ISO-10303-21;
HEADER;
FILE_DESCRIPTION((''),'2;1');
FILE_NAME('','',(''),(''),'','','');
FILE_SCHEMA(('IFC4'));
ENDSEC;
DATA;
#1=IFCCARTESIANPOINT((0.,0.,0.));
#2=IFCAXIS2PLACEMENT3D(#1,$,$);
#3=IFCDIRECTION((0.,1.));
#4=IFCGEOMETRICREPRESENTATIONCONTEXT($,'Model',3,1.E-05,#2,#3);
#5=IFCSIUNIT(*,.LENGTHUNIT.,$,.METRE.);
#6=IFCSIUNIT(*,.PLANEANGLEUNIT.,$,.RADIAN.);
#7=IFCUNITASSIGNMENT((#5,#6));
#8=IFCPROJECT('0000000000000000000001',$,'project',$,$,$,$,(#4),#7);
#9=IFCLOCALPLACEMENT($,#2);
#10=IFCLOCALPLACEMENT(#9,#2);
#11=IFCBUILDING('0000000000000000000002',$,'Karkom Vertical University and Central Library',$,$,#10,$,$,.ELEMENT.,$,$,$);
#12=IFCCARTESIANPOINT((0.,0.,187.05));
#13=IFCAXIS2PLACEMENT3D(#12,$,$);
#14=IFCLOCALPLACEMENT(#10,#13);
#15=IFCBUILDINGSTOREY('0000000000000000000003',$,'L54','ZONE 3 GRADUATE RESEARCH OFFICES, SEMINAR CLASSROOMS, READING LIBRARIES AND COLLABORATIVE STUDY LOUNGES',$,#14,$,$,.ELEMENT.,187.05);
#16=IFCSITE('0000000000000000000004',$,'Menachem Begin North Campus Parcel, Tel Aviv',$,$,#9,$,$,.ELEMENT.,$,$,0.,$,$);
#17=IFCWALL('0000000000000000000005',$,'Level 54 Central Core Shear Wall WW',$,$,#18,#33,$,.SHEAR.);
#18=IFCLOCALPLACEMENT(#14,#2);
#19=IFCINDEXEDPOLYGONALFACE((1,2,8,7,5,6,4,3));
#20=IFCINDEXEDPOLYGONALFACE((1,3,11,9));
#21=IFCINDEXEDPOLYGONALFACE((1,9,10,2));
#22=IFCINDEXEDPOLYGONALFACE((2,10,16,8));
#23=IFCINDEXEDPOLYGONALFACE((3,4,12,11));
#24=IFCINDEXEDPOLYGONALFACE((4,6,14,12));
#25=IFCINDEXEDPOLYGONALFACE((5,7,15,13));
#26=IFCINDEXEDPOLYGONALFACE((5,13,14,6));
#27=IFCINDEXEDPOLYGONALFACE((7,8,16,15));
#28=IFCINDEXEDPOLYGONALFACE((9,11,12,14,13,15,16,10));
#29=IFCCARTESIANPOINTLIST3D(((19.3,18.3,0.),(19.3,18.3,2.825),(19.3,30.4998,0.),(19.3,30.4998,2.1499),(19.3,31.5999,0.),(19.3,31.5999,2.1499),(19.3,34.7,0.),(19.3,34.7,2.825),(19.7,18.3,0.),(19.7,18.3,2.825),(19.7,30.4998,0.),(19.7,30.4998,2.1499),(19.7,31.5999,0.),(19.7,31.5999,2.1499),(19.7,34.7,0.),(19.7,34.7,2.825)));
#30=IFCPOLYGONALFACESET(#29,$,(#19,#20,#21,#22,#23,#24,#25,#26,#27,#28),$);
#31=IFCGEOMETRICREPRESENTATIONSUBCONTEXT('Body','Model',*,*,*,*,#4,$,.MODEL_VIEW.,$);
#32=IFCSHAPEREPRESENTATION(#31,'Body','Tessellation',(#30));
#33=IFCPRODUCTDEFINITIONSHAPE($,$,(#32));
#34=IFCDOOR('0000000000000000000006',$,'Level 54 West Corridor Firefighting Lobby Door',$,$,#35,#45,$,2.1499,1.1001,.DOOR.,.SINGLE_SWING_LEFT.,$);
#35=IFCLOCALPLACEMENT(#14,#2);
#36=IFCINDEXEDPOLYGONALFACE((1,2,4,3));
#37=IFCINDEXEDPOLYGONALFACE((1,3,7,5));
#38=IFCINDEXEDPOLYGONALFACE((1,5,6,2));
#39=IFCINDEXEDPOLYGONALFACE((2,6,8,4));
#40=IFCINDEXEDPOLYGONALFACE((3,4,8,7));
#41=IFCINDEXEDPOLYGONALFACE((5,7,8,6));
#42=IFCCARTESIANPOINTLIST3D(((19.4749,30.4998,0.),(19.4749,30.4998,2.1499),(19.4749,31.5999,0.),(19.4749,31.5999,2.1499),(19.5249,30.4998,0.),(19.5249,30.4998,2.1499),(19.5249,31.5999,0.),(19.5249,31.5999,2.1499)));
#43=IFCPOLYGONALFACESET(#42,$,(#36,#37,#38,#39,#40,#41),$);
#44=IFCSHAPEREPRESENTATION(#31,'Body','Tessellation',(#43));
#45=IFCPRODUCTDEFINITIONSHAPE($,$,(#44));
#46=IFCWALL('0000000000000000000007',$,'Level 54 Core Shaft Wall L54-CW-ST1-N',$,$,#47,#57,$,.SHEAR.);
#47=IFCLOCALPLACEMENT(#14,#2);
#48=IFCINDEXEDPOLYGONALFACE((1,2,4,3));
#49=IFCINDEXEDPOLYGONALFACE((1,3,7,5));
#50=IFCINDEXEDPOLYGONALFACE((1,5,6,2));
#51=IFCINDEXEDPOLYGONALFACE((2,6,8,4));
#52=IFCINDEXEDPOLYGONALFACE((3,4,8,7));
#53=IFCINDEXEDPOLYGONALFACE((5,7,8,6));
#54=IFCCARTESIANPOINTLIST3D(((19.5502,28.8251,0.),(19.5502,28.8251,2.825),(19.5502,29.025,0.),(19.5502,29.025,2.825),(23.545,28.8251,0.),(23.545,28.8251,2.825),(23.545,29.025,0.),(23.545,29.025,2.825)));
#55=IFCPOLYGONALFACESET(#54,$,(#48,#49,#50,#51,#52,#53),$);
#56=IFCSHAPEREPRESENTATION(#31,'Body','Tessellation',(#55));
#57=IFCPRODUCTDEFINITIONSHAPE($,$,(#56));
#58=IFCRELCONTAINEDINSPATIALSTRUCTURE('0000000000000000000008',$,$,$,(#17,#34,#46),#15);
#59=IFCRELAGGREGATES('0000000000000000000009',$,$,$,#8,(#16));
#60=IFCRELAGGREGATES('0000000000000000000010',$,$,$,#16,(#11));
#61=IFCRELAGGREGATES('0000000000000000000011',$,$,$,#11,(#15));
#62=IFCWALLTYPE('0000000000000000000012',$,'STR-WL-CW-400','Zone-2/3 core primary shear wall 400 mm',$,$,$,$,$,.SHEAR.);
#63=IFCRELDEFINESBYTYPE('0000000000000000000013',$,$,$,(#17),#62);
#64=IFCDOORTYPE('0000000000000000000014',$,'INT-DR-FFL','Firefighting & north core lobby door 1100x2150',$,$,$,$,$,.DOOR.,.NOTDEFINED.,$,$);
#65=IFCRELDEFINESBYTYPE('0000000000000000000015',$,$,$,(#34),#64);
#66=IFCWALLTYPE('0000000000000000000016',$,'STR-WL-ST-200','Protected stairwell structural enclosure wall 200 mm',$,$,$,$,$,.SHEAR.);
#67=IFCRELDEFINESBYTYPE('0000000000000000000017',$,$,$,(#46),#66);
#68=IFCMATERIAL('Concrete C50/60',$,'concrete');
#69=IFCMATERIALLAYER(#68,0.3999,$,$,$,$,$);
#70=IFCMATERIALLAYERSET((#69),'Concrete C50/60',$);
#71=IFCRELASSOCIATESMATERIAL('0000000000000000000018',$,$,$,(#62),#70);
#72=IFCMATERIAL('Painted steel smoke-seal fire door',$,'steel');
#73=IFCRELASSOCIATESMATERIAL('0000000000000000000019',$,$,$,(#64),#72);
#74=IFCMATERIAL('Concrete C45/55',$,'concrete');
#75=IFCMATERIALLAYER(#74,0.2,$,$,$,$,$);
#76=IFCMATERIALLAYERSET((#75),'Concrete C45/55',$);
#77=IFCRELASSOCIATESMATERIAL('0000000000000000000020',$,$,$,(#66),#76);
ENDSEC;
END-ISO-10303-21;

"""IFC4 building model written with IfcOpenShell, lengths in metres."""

from ifc_helpers import new_model, si_unit, direction, frame, frame_2d, origin, origin_with_axes, place, context, subcontext, project, spatial, rectangle, extrude, source, transform, mapped, material, layer, layer_set, type_object, element, fill, save


model = new_model("IFC4")

# Units and contexts
model_context = context("Model", 3, precision=1e-05, world=origin(), true_north=direction((0.0, 1.0)))
body_context = subcontext(model_context, "Body", "Model", "MODEL_VIEW")
ifc_project = project(units=[si_unit("LENGTHUNIT", "METRE"), si_unit("PLANEANGLEUNIT", "RADIAN")], contexts=[model_context])

# Site, building, storey
site_placement = place(None, origin())
site = spatial("IfcSite", under=ifc_project, at=site_placement, Name="Menachem Begin North Campus Parcel, Tel Aviv", CompositionType="ELEMENT", RefElevation=0.0)
building_placement = place(site_placement, origin())
building = spatial("IfcBuilding", under=site, at=building_placement, Name="Karkom Vertical University and Central Library", CompositionType="ELEMENT")
storey_placement = place(building_placement, frame((0.0, 0.0, 187.05)))
storey = spatial("IfcBuildingStorey", under=building, at=storey_placement, Name="L54", Description="ZONE 3 GRADUATE RESEARCH OFFICES, SEMINAR CLASSROOMS, READING LIBRARIES AND COLLABORATIVE STUDY LOUNGES", CompositionType="ELEMENT", Elevation=187.05)

# Shared definitions
ifc_material_1 = material(Name="Concrete C50/60", Category="concrete")

# Wall, opening, door
ifc_layer_1 = layer(ifc_material_1, 0.3999)
ifc_layer_set_1 = layer_set([ifc_layer_1], Name="Concrete C50/60")
wall_type_1 = type_object("IfcWallType", Name="STR-WL-CW-400", Description="Zone-2/3 core primary shear wall 400 mm", PredefinedType="SHEAR", material=ifc_layer_set_1)
wall_1_placement = place(storey_placement, frame((19.5, 34.7, 0.0), z_axis=(0.0, 0.0, 1.0), x_axis=(0.0, -1.0, 0.0)))
wall_1 = element("IfcWall", 1, at=wall_1_placement, inside=storey, type_object=wall_type_1, Name="Level 54 Central Core Shear Wall WW", PredefinedType="SHEAR", context=body_context, shape_type="SweptSolid", body=[
    extrude(rectangle(XDim=16.3999, YDim=0.3999, at=frame_2d((8.2, 0.0))), origin(), (0.0, 0.0, 1.0), 2.825),
])
opening_1_placement = place(wall_1_placement, frame((3.1001, 0.0, 0.0)))
opening_1 = element("IfcOpeningElement", 2, at=opening_1_placement, cuts=wall_1, PredefinedType="OPENING", context=body_context, shape_type="SweptSolid", body=[
    extrude(rectangle(XDim=1.1001, YDim=2.1499, at=frame_2d((0.55, 1.075))), frame((0.0, 0.21, 0.0), z_axis=(0.0, -1.0, 0.0), x_axis=(1.0, 0.0, 0.0)), (0.0, 0.0, 1.0), 0.4199),
])
ifc_material_2 = material(Name="Painted steel smoke-seal fire door", Category="steel")
door_type_1 = type_object("IfcDoorType", Name="INT-DR-FFL", Description="Firefighting & north core lobby door 1100x2150", OperationType="NOTDEFINED", PredefinedType="DOOR", material=ifc_material_2)
shared_shape_1 = source(origin_with_axes(), body_context, "Body", "SweptSolid", [
    extrude(rectangle(XDim=1.1001, YDim=2.1499, at=frame_2d((0.55, 1.075))), frame((0.0, 0.0249, 0.0), z_axis=(0.0, -1.0, 0.0), x_axis=(1.0, 0.0, 0.0)), (0.0, 0.0, 1.0), 0.05),
])
door_1_placement = place(opening_1_placement, origin())
door_1 = element("IfcDoor", 3, at=door_1_placement, inside=storey, type_object=door_type_1, Name="Level 54 West Corridor Firefighting Lobby Door", OperationType="SINGLE_SWING_LEFT", OverallHeight=2.1499, OverallWidth=1.1001, PredefinedType="DOOR", context=body_context, shape_type="MappedRepresentation", body=[
    mapped(shared_shape_1, transform((0.0, 0.0, 0.0), scale=1.0)),
])
fill(opening_1, door_1)

# Wall
ifc_material_3 = material(Name="Concrete C45/55", Category="concrete")
ifc_layer_2 = layer(ifc_material_3, 0.2)
ifc_layer_set_2 = layer_set([ifc_layer_2], Name="Concrete C45/55")
wall_type_2 = type_object("IfcWallType", Name="STR-WL-ST-200", Description="Protected stairwell structural enclosure wall 200 mm", PredefinedType="SHEAR", material=ifc_layer_set_2)
wall_2_placement = place(storey_placement, frame((19.55, 28.925, 0.0), z_axis=(0.0, 0.0, 1.0), x_axis=(1.0, 0.0, 0.0)))
element("IfcWall", 4, at=wall_2_placement, inside=storey, type_object=wall_type_2, Name="Level 54 Core Shaft Wall L54-CW-ST1-N", PredefinedType="SHEAR", context=body_context, shape_type="SweptSolid", body=[
    extrude(rectangle(XDim=3.9949, YDim=0.2, at=frame_2d((1.9976, 0.0))), origin(), (0.0, 0.0, 1.0), 2.825),
])

save(model, "model.ifc")
